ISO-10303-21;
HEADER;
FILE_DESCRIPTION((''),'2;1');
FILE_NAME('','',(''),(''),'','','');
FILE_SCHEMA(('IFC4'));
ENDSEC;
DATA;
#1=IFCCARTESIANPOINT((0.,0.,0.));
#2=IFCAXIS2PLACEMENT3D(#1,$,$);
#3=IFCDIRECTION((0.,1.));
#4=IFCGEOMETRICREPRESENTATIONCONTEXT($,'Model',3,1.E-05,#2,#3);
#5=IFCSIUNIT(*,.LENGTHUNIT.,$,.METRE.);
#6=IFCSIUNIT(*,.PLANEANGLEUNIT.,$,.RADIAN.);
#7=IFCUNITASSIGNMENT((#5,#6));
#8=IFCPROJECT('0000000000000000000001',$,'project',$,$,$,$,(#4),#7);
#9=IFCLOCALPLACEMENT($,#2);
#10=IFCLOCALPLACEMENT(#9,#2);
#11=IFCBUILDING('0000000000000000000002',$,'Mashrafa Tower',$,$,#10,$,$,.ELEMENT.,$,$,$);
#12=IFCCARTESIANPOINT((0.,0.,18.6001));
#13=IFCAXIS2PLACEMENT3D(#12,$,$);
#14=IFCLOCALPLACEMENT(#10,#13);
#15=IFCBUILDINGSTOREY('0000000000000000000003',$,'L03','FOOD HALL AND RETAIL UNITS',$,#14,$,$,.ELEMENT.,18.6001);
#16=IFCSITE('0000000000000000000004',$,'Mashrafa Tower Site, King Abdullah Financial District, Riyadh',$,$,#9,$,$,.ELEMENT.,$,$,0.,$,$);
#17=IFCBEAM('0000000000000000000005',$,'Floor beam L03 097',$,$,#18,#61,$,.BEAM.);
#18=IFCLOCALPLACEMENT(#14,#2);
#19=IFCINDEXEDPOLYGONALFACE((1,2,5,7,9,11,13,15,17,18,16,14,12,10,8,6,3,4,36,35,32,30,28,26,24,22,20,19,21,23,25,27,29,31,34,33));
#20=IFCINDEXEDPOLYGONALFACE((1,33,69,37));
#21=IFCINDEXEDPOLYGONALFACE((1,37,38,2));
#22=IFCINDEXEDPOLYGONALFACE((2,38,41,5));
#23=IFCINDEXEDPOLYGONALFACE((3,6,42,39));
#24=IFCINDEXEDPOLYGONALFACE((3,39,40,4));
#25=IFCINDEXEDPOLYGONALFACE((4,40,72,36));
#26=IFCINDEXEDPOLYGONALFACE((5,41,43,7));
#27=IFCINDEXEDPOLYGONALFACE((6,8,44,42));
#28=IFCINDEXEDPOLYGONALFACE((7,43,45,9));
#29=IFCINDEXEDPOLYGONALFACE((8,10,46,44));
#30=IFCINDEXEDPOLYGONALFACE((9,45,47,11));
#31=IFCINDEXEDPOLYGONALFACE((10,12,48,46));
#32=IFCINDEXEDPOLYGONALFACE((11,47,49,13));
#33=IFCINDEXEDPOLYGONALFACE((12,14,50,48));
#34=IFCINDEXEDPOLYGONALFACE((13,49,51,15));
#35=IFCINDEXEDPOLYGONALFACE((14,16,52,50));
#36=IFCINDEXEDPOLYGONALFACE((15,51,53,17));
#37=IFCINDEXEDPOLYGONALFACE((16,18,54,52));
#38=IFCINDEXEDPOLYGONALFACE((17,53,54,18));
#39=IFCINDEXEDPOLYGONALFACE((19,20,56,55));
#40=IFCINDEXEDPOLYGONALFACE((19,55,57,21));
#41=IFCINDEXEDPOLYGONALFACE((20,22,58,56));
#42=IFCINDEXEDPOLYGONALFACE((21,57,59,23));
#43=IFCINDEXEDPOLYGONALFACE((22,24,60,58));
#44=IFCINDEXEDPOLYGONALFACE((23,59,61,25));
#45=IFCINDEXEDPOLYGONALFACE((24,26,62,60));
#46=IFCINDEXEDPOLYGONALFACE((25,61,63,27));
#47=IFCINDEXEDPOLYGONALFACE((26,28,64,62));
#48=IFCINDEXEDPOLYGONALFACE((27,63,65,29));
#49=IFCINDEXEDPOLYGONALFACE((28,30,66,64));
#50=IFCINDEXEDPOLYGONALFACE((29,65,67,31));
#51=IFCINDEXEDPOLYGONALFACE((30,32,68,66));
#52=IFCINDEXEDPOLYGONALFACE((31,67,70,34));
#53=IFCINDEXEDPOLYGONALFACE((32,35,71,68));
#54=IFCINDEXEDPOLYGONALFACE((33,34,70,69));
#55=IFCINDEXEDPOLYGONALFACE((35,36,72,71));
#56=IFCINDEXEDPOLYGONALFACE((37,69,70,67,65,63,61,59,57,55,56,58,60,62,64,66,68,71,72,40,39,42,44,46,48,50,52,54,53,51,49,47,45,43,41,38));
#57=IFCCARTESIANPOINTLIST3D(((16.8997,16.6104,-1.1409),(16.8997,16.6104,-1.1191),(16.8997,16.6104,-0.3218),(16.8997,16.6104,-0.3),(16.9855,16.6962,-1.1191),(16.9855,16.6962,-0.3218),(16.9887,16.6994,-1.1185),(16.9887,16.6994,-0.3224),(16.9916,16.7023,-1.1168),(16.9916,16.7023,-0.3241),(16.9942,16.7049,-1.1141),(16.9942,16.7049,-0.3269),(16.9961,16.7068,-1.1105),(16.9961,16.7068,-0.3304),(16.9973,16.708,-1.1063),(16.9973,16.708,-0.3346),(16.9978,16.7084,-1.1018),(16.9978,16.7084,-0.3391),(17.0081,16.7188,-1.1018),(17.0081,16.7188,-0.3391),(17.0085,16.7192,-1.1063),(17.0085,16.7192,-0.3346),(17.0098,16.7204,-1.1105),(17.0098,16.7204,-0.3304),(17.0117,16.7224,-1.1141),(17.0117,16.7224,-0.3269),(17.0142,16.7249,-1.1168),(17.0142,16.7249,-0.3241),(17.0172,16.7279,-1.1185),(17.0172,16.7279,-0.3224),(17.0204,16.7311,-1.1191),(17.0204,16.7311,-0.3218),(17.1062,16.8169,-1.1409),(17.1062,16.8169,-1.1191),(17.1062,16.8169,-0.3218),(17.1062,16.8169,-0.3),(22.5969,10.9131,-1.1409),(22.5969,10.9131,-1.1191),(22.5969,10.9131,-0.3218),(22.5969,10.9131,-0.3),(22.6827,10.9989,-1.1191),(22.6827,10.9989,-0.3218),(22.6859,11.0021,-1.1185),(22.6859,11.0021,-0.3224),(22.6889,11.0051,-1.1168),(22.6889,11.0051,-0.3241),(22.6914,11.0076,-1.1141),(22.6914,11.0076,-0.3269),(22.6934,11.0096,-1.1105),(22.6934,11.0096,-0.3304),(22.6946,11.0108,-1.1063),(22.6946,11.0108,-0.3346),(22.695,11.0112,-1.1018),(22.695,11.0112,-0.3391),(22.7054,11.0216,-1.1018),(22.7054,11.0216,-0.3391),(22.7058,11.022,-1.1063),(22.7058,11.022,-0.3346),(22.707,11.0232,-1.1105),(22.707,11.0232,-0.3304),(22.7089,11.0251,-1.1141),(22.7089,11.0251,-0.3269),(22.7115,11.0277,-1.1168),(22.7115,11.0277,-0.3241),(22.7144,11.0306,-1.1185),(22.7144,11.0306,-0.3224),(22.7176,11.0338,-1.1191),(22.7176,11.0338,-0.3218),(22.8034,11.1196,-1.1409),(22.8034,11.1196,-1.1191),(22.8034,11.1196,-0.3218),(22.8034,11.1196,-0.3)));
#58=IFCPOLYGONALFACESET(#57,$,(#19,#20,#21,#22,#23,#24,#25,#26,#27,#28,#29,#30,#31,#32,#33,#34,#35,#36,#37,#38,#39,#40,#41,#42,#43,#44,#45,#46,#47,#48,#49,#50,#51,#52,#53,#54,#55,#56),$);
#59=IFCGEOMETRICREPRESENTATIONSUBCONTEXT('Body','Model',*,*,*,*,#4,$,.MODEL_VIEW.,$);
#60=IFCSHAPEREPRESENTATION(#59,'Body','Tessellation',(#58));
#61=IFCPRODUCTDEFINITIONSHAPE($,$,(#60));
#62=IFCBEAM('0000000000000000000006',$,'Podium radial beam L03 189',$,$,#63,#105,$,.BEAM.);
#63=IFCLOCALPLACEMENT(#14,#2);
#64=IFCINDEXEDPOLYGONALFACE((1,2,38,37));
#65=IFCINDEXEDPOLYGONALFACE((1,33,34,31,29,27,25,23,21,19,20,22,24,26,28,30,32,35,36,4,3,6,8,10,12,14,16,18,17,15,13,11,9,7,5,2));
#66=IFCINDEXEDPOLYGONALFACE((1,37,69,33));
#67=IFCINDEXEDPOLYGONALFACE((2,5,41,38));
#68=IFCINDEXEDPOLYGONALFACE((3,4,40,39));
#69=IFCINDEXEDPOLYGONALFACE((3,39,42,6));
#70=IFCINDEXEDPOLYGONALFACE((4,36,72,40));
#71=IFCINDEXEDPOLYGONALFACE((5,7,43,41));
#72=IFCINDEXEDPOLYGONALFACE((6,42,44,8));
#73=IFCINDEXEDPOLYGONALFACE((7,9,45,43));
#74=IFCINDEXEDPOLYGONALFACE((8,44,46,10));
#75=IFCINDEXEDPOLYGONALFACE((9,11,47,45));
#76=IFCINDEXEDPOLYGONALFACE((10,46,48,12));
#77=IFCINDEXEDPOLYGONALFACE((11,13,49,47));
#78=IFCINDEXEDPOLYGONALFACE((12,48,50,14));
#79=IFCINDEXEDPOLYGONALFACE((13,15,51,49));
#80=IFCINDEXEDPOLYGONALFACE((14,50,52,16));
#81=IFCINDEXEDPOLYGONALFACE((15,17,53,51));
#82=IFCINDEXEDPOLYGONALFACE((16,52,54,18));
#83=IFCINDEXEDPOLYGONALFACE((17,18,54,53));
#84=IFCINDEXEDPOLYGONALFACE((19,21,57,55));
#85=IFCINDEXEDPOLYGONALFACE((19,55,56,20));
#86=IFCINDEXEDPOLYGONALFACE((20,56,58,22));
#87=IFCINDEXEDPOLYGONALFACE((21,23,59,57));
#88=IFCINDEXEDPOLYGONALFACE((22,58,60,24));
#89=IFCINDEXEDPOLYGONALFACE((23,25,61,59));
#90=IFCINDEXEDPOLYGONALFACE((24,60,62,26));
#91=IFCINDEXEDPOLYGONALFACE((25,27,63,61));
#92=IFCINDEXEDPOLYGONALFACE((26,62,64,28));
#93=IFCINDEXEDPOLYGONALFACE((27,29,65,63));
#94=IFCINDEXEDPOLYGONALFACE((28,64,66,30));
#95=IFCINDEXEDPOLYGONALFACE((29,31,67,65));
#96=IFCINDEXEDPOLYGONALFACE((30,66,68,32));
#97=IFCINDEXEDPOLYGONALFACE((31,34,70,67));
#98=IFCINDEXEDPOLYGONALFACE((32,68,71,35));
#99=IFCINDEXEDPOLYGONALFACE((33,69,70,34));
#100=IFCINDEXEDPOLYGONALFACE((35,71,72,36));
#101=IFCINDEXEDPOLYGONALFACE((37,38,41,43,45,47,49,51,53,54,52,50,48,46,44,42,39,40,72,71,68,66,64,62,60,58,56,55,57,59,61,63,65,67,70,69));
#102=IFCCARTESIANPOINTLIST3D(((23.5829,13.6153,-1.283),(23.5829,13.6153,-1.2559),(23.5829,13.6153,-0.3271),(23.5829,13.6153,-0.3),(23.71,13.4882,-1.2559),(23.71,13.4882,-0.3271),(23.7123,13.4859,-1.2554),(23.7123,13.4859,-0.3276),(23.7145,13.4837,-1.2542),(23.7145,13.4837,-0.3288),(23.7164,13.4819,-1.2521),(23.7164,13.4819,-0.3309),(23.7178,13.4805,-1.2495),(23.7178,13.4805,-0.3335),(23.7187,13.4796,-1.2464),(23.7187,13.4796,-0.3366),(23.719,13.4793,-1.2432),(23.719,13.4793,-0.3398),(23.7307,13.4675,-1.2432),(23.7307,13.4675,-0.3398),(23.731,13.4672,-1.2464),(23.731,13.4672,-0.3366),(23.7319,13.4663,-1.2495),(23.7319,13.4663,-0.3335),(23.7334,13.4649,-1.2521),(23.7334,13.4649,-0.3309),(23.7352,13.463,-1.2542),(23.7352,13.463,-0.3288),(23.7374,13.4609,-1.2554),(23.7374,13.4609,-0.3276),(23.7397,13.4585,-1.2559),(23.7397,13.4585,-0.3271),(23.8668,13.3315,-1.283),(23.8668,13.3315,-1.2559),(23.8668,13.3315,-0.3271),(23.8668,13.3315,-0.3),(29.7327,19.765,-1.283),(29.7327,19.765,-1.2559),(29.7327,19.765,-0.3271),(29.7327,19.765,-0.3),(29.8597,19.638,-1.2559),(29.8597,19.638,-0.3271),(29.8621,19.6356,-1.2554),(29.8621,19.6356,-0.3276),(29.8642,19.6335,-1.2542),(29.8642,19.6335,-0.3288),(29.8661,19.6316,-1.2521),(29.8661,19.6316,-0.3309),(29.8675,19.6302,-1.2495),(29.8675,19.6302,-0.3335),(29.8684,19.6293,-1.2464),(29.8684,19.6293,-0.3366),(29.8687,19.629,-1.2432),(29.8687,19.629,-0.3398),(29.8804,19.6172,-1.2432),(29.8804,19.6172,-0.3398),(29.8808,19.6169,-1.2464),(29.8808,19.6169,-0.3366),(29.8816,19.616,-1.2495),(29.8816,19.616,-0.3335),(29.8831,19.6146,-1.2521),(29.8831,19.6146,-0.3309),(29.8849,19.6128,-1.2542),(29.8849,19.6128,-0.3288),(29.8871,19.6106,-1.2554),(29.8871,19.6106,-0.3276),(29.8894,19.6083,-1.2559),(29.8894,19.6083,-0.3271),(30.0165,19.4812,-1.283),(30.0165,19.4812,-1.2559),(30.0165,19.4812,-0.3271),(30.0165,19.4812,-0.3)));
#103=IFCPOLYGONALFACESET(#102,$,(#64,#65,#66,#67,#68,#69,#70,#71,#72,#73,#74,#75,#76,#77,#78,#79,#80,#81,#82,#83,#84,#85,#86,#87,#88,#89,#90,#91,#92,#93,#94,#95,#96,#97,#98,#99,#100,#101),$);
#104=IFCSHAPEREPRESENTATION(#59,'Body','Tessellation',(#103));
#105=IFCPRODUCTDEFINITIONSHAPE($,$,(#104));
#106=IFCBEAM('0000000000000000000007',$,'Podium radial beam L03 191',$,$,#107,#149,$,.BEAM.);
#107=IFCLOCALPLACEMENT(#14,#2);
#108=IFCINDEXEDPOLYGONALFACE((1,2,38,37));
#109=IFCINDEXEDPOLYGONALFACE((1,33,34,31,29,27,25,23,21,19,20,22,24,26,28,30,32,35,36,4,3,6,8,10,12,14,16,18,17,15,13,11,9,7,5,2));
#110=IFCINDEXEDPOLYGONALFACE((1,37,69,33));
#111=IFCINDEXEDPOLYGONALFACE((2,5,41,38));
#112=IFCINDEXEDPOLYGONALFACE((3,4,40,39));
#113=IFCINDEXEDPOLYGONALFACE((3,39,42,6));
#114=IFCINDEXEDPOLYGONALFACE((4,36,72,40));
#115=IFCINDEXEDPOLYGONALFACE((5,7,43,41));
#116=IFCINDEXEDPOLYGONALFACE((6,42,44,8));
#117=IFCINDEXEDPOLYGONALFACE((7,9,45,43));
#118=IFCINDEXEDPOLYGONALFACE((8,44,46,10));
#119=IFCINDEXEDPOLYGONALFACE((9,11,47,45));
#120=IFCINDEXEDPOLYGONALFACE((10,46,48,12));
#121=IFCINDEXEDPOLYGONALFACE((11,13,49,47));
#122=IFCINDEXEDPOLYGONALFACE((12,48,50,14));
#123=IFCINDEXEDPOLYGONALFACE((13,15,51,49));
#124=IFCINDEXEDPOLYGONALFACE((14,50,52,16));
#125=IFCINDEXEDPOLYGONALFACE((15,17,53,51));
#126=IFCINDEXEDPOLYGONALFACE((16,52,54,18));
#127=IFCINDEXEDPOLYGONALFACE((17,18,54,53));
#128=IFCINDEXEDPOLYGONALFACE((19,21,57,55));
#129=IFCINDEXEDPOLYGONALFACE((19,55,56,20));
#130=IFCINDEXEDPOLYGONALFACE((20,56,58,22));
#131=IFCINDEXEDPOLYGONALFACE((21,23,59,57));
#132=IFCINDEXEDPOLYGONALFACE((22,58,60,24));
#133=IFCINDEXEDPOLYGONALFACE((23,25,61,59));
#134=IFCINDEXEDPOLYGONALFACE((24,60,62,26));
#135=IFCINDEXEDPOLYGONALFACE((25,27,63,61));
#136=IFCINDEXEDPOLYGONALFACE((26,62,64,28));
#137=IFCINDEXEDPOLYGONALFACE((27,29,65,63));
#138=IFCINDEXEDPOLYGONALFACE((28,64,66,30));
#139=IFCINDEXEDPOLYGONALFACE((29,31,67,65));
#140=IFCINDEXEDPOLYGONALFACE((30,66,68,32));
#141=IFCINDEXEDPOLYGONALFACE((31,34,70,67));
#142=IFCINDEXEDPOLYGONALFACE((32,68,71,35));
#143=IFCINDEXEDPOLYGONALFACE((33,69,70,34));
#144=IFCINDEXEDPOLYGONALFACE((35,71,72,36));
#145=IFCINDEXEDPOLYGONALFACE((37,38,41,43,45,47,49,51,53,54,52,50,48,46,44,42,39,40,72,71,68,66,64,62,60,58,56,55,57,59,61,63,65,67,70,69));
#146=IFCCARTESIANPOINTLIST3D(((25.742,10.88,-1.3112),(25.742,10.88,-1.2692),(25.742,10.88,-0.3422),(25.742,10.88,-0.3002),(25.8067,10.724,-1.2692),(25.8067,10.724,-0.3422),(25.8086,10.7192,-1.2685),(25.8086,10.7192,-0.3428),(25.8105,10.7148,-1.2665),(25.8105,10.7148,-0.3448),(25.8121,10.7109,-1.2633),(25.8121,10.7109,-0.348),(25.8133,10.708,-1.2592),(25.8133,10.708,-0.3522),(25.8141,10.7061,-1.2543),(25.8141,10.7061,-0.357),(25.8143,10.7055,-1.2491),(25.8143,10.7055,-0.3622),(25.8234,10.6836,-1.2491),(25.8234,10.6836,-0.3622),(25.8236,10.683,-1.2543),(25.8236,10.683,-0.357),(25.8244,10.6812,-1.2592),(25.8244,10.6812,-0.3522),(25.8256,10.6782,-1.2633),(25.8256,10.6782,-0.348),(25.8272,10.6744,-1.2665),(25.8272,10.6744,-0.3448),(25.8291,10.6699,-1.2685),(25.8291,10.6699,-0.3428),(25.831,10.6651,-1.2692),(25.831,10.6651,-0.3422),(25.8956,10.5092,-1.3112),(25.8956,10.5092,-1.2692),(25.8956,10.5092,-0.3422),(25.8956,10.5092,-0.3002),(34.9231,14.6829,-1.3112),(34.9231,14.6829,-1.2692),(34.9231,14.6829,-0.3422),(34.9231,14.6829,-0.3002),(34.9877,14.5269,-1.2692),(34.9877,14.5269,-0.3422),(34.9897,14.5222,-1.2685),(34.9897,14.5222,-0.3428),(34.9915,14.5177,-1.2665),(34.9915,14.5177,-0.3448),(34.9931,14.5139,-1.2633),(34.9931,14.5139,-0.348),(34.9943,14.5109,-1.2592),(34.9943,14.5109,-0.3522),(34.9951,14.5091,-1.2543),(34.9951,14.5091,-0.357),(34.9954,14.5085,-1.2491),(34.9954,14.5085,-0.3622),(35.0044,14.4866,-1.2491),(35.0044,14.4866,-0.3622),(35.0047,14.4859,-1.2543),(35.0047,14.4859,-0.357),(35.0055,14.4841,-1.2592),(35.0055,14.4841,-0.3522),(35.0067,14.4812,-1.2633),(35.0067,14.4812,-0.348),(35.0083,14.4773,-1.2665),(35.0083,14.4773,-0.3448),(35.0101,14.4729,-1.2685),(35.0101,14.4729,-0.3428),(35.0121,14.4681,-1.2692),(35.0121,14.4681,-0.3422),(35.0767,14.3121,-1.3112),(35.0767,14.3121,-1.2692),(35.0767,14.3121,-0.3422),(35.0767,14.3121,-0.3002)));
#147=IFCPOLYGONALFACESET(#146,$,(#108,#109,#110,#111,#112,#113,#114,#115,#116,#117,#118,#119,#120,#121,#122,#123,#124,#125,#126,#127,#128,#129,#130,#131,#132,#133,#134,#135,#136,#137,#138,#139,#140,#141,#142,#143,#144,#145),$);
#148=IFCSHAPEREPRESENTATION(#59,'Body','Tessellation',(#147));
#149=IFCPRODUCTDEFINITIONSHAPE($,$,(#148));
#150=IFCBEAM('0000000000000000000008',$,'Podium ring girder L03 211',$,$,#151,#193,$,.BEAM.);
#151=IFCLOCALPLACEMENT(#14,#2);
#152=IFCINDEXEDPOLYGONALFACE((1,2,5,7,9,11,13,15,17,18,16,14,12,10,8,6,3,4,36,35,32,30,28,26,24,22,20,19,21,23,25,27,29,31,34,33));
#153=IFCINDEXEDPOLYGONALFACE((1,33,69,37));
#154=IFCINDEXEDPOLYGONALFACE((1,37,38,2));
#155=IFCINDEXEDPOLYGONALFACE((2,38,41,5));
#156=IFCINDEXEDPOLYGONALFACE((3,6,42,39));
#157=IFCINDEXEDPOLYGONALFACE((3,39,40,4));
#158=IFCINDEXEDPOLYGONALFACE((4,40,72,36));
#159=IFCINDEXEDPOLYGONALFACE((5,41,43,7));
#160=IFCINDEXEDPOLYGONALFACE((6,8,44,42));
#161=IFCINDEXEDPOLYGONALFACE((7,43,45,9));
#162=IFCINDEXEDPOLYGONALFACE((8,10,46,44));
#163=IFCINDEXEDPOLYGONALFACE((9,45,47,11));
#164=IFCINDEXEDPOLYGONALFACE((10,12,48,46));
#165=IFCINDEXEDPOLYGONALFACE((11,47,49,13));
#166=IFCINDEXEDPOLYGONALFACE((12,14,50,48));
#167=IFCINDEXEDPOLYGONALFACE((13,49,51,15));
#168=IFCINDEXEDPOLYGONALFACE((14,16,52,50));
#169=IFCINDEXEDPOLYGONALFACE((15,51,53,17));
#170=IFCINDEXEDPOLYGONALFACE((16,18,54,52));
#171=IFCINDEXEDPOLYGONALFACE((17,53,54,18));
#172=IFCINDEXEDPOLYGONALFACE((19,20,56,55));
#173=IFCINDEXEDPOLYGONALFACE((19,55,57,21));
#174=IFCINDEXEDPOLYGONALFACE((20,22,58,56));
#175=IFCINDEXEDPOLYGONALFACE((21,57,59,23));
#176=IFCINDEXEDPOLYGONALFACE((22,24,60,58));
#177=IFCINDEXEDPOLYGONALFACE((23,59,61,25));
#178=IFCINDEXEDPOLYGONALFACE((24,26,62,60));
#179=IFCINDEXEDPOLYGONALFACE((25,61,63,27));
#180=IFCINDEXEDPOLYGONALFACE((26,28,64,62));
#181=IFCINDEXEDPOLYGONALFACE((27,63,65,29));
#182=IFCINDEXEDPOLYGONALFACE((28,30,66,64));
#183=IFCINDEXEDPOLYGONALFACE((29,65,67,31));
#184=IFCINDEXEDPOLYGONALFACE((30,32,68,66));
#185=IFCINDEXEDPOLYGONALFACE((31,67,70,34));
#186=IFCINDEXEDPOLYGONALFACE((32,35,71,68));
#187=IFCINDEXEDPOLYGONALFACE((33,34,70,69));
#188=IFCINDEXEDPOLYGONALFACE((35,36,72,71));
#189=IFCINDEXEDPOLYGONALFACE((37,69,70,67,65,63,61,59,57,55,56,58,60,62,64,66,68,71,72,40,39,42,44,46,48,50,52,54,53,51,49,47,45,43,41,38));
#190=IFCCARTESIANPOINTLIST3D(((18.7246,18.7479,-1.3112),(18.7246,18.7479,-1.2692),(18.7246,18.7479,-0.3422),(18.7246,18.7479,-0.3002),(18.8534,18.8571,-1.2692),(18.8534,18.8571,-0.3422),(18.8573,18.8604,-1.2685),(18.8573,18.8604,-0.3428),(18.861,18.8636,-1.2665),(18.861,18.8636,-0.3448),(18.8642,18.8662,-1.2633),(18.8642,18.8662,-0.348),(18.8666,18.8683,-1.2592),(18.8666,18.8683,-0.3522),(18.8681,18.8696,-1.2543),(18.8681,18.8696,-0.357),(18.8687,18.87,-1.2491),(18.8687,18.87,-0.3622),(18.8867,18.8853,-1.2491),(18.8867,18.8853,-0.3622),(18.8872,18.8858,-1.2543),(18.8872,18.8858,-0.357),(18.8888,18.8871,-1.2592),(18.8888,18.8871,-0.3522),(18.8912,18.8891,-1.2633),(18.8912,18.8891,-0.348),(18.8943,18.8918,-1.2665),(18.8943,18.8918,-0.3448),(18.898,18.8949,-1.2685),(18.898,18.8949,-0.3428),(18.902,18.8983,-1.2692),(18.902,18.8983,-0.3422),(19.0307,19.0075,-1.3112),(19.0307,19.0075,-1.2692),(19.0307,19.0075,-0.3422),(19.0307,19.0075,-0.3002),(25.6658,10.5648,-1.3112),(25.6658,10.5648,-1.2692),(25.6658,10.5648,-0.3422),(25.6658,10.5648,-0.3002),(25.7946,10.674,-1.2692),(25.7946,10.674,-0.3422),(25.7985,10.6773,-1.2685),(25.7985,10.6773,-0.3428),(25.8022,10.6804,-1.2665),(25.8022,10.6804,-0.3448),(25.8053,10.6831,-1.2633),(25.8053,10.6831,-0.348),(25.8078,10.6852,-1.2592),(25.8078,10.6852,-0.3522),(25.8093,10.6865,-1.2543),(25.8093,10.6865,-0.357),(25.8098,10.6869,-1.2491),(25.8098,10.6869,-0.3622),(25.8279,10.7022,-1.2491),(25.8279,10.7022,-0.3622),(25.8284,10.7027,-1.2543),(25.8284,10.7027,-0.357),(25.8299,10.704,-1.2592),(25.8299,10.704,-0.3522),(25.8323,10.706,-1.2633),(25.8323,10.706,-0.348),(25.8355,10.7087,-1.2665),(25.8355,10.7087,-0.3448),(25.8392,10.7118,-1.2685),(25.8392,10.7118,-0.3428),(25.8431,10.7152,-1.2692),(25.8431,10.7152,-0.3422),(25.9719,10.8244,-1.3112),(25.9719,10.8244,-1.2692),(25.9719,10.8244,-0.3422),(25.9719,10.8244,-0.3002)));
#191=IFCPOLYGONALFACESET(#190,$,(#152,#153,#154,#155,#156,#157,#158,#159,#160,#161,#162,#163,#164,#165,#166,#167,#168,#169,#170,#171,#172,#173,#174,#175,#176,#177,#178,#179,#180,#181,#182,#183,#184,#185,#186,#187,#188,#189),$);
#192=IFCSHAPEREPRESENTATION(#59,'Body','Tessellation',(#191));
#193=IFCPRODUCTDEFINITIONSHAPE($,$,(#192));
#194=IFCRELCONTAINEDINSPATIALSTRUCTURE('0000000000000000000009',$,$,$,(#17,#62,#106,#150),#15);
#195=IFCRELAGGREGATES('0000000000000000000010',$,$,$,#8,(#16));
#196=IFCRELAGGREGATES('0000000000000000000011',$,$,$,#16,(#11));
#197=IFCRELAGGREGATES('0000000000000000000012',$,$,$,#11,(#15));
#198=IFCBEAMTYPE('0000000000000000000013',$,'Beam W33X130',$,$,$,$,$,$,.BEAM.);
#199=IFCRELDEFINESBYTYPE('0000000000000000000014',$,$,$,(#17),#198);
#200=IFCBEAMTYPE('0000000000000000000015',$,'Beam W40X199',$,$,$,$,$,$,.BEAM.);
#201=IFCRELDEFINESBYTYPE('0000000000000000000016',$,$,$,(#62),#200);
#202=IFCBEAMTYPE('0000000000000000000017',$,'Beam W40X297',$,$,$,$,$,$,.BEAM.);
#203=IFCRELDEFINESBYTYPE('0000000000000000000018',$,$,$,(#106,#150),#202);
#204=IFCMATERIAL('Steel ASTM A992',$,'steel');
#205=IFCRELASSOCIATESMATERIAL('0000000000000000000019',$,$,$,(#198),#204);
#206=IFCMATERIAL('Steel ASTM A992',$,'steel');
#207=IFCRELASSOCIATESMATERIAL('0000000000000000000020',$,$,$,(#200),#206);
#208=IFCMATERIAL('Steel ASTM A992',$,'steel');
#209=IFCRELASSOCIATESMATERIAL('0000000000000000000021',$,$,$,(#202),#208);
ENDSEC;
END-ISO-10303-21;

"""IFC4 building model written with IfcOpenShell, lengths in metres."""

from ifc_helpers import new_model, si_unit, direction, frame, origin, origin_2d, place, context, subcontext, project, spatial, i_section, extrude, material, material_profile, profile_set, type_object, element, save


model = new_model("IFC4")

# Units and contexts
model_context = context("Model", 3, precision=1e-05, world=origin(), true_north=direction((0.0, 1.0)))
body_context = subcontext(model_context, "Body", "Model", "MODEL_VIEW")
ifc_project = project(units=[si_unit("LENGTHUNIT", "METRE"), si_unit("PLANEANGLEUNIT", "RADIAN")], contexts=[model_context])

# Site, building, storey
site_placement = place(None, origin())
site = spatial("IfcSite", under=ifc_project, at=site_placement, Name="Mashrafa Tower Site, King Abdullah Financial District, Riyadh", CompositionType="ELEMENT", RefElevation=0.0)
building_placement = place(site_placement, origin())
building = spatial("IfcBuilding", under=site, at=building_placement, Name="Mashrafa Tower", CompositionType="ELEMENT")
storey_placement = place(building_placement, frame((0.0, 0.0, 18.6001)))
storey = spatial("IfcBuildingStorey", under=building, at=storey_placement, Name="L03", Description="FOOD HALL AND RETAIL UNITS", CompositionType="ELEMENT", Elevation=18.6001)

# Beams
ifc_material_1 = material(Name="Steel ASTM A992", Category="steel")
ifc_material_profile_1 = material_profile(ifc_material_1, i_section(OverallWidth=0.292, OverallDepth=0.8408, WebThickness=0.0146, FlangeThickness=0.0217, FilletRadius=0.0173, at=origin_2d()), Name="W33X130")
ifc_profile_set_1 = profile_set([ifc_material_profile_1], Name="Steel ASTM A992")
beam_type_1 = type_object("IfcBeamType", Name="Beam W33X130", PredefinedType="BEAM", material=ifc_profile_set_1)
beam_1_placement = place(storey_placement, frame((17.0029, 16.7136, -0.7205), z_axis=(0.707107, -0.707107, 0.0), x_axis=(0.707107, 0.707107, 0.0)))
element("IfcBeam", 1, at=beam_1_placement, inside=storey, type_object=beam_type_1, Name="Floor beam L03 097", PredefinedType="BEAM", context=body_context, shape_type="SweptSolid", body=[
    extrude(i_section(OverallWidth=0.292, OverallDepth=0.8408, WebThickness=0.0146, FlangeThickness=0.0217, FilletRadius=0.0173, at=origin_2d()), origin(), (0.0, 0.0, 1.0), 8.0571),
])
ifc_material_2 = material(Name="Steel ASTM A992", Category="steel")
ifc_material_profile_2 = material_profile(ifc_material_2, i_section(OverallWidth=0.4014, OverallDepth=0.9829, WebThickness=0.0166, FlangeThickness=0.0271, FilletRadius=0.0127, at=origin_2d()), Name="W40X199")
ifc_profile_set_2 = profile_set([ifc_material_profile_2], Name="Steel ASTM A992")
beam_type_2 = type_object("IfcBeamType", Name="Beam W40X199", PredefinedType="BEAM", material=ifc_profile_set_2)
beam_2_placement = place(storey_placement, frame((23.7249, 13.4734, -0.7915), z_axis=(0.707107, 0.707107, 0.0), x_axis=(-0.707107, 0.707107, 0.0)))
element("IfcBeam", 2, at=beam_2_placement, inside=storey, type_object=beam_type_2, Name="Podium radial beam L03 189", PredefinedType="BEAM", context=body_context, shape_type="SweptSolid", body=[
    extrude(i_section(OverallWidth=0.4014, OverallDepth=0.9829, WebThickness=0.0166, FlangeThickness=0.0271, FilletRadius=0.0127, at=origin_2d()), origin(), (0.0, 0.0, 1.0), 8.697),
])
ifc_material_3 = material(Name="Steel ASTM A992", Category="steel")
ifc_material_profile_3 = material_profile(ifc_material_3, i_section(OverallWidth=0.4014, OverallDepth=1.011, WebThickness=0.0237, FlangeThickness=0.042, FilletRadius=0.02, at=origin_2d()), Name="W40X297")
ifc_profile_set_3 = profile_set([ifc_material_profile_3], Name="Steel ASTM A992")
beam_type_3 = type_object("IfcBeamType", Name="Beam W40X297", PredefinedType="BEAM", material=ifc_profile_set_3)
beam_3_placement = place(storey_placement, frame((25.8188, 10.6946, -0.8057), z_axis=(0.923879, 0.382685, 0.0), x_axis=(-0.382685, 0.923879, 0.0)))
element("IfcBeam", 3, at=beam_3_placement, inside=storey, type_object=beam_type_3, Name="Podium radial beam L03 191", PredefinedType="BEAM", context=body_context, shape_type="SweptSolid", body=[
    extrude(i_section(OverallWidth=0.4014, OverallDepth=1.011, WebThickness=0.0237, FlangeThickness=0.042, FilletRadius=0.02, at=origin_2d()), origin(), (0.0, 0.0, 1.0), 9.9375),
])
beam_4_placement = place(storey_placement, frame((25.8188, 10.6946, -0.8057), z_axis=(-0.646865, 0.762605, 0.0), x_axis=(-0.762605, -0.646865, 0.0)))
element("IfcBeam", 4, at=beam_4_placement, inside=storey, type_object=beam_type_3, Name="Podium ring girder L03 211", PredefinedType="BEAM", context=body_context, shape_type="SweptSolid", body=[
    extrude(i_section(OverallWidth=0.4014, OverallDepth=1.011, WebThickness=0.0237, FlangeThickness=0.042, FilletRadius=0.02, at=origin_2d()), origin(), (0.0, 0.0, 1.0), 10.7305),
])

save(model, "model.ifc")
